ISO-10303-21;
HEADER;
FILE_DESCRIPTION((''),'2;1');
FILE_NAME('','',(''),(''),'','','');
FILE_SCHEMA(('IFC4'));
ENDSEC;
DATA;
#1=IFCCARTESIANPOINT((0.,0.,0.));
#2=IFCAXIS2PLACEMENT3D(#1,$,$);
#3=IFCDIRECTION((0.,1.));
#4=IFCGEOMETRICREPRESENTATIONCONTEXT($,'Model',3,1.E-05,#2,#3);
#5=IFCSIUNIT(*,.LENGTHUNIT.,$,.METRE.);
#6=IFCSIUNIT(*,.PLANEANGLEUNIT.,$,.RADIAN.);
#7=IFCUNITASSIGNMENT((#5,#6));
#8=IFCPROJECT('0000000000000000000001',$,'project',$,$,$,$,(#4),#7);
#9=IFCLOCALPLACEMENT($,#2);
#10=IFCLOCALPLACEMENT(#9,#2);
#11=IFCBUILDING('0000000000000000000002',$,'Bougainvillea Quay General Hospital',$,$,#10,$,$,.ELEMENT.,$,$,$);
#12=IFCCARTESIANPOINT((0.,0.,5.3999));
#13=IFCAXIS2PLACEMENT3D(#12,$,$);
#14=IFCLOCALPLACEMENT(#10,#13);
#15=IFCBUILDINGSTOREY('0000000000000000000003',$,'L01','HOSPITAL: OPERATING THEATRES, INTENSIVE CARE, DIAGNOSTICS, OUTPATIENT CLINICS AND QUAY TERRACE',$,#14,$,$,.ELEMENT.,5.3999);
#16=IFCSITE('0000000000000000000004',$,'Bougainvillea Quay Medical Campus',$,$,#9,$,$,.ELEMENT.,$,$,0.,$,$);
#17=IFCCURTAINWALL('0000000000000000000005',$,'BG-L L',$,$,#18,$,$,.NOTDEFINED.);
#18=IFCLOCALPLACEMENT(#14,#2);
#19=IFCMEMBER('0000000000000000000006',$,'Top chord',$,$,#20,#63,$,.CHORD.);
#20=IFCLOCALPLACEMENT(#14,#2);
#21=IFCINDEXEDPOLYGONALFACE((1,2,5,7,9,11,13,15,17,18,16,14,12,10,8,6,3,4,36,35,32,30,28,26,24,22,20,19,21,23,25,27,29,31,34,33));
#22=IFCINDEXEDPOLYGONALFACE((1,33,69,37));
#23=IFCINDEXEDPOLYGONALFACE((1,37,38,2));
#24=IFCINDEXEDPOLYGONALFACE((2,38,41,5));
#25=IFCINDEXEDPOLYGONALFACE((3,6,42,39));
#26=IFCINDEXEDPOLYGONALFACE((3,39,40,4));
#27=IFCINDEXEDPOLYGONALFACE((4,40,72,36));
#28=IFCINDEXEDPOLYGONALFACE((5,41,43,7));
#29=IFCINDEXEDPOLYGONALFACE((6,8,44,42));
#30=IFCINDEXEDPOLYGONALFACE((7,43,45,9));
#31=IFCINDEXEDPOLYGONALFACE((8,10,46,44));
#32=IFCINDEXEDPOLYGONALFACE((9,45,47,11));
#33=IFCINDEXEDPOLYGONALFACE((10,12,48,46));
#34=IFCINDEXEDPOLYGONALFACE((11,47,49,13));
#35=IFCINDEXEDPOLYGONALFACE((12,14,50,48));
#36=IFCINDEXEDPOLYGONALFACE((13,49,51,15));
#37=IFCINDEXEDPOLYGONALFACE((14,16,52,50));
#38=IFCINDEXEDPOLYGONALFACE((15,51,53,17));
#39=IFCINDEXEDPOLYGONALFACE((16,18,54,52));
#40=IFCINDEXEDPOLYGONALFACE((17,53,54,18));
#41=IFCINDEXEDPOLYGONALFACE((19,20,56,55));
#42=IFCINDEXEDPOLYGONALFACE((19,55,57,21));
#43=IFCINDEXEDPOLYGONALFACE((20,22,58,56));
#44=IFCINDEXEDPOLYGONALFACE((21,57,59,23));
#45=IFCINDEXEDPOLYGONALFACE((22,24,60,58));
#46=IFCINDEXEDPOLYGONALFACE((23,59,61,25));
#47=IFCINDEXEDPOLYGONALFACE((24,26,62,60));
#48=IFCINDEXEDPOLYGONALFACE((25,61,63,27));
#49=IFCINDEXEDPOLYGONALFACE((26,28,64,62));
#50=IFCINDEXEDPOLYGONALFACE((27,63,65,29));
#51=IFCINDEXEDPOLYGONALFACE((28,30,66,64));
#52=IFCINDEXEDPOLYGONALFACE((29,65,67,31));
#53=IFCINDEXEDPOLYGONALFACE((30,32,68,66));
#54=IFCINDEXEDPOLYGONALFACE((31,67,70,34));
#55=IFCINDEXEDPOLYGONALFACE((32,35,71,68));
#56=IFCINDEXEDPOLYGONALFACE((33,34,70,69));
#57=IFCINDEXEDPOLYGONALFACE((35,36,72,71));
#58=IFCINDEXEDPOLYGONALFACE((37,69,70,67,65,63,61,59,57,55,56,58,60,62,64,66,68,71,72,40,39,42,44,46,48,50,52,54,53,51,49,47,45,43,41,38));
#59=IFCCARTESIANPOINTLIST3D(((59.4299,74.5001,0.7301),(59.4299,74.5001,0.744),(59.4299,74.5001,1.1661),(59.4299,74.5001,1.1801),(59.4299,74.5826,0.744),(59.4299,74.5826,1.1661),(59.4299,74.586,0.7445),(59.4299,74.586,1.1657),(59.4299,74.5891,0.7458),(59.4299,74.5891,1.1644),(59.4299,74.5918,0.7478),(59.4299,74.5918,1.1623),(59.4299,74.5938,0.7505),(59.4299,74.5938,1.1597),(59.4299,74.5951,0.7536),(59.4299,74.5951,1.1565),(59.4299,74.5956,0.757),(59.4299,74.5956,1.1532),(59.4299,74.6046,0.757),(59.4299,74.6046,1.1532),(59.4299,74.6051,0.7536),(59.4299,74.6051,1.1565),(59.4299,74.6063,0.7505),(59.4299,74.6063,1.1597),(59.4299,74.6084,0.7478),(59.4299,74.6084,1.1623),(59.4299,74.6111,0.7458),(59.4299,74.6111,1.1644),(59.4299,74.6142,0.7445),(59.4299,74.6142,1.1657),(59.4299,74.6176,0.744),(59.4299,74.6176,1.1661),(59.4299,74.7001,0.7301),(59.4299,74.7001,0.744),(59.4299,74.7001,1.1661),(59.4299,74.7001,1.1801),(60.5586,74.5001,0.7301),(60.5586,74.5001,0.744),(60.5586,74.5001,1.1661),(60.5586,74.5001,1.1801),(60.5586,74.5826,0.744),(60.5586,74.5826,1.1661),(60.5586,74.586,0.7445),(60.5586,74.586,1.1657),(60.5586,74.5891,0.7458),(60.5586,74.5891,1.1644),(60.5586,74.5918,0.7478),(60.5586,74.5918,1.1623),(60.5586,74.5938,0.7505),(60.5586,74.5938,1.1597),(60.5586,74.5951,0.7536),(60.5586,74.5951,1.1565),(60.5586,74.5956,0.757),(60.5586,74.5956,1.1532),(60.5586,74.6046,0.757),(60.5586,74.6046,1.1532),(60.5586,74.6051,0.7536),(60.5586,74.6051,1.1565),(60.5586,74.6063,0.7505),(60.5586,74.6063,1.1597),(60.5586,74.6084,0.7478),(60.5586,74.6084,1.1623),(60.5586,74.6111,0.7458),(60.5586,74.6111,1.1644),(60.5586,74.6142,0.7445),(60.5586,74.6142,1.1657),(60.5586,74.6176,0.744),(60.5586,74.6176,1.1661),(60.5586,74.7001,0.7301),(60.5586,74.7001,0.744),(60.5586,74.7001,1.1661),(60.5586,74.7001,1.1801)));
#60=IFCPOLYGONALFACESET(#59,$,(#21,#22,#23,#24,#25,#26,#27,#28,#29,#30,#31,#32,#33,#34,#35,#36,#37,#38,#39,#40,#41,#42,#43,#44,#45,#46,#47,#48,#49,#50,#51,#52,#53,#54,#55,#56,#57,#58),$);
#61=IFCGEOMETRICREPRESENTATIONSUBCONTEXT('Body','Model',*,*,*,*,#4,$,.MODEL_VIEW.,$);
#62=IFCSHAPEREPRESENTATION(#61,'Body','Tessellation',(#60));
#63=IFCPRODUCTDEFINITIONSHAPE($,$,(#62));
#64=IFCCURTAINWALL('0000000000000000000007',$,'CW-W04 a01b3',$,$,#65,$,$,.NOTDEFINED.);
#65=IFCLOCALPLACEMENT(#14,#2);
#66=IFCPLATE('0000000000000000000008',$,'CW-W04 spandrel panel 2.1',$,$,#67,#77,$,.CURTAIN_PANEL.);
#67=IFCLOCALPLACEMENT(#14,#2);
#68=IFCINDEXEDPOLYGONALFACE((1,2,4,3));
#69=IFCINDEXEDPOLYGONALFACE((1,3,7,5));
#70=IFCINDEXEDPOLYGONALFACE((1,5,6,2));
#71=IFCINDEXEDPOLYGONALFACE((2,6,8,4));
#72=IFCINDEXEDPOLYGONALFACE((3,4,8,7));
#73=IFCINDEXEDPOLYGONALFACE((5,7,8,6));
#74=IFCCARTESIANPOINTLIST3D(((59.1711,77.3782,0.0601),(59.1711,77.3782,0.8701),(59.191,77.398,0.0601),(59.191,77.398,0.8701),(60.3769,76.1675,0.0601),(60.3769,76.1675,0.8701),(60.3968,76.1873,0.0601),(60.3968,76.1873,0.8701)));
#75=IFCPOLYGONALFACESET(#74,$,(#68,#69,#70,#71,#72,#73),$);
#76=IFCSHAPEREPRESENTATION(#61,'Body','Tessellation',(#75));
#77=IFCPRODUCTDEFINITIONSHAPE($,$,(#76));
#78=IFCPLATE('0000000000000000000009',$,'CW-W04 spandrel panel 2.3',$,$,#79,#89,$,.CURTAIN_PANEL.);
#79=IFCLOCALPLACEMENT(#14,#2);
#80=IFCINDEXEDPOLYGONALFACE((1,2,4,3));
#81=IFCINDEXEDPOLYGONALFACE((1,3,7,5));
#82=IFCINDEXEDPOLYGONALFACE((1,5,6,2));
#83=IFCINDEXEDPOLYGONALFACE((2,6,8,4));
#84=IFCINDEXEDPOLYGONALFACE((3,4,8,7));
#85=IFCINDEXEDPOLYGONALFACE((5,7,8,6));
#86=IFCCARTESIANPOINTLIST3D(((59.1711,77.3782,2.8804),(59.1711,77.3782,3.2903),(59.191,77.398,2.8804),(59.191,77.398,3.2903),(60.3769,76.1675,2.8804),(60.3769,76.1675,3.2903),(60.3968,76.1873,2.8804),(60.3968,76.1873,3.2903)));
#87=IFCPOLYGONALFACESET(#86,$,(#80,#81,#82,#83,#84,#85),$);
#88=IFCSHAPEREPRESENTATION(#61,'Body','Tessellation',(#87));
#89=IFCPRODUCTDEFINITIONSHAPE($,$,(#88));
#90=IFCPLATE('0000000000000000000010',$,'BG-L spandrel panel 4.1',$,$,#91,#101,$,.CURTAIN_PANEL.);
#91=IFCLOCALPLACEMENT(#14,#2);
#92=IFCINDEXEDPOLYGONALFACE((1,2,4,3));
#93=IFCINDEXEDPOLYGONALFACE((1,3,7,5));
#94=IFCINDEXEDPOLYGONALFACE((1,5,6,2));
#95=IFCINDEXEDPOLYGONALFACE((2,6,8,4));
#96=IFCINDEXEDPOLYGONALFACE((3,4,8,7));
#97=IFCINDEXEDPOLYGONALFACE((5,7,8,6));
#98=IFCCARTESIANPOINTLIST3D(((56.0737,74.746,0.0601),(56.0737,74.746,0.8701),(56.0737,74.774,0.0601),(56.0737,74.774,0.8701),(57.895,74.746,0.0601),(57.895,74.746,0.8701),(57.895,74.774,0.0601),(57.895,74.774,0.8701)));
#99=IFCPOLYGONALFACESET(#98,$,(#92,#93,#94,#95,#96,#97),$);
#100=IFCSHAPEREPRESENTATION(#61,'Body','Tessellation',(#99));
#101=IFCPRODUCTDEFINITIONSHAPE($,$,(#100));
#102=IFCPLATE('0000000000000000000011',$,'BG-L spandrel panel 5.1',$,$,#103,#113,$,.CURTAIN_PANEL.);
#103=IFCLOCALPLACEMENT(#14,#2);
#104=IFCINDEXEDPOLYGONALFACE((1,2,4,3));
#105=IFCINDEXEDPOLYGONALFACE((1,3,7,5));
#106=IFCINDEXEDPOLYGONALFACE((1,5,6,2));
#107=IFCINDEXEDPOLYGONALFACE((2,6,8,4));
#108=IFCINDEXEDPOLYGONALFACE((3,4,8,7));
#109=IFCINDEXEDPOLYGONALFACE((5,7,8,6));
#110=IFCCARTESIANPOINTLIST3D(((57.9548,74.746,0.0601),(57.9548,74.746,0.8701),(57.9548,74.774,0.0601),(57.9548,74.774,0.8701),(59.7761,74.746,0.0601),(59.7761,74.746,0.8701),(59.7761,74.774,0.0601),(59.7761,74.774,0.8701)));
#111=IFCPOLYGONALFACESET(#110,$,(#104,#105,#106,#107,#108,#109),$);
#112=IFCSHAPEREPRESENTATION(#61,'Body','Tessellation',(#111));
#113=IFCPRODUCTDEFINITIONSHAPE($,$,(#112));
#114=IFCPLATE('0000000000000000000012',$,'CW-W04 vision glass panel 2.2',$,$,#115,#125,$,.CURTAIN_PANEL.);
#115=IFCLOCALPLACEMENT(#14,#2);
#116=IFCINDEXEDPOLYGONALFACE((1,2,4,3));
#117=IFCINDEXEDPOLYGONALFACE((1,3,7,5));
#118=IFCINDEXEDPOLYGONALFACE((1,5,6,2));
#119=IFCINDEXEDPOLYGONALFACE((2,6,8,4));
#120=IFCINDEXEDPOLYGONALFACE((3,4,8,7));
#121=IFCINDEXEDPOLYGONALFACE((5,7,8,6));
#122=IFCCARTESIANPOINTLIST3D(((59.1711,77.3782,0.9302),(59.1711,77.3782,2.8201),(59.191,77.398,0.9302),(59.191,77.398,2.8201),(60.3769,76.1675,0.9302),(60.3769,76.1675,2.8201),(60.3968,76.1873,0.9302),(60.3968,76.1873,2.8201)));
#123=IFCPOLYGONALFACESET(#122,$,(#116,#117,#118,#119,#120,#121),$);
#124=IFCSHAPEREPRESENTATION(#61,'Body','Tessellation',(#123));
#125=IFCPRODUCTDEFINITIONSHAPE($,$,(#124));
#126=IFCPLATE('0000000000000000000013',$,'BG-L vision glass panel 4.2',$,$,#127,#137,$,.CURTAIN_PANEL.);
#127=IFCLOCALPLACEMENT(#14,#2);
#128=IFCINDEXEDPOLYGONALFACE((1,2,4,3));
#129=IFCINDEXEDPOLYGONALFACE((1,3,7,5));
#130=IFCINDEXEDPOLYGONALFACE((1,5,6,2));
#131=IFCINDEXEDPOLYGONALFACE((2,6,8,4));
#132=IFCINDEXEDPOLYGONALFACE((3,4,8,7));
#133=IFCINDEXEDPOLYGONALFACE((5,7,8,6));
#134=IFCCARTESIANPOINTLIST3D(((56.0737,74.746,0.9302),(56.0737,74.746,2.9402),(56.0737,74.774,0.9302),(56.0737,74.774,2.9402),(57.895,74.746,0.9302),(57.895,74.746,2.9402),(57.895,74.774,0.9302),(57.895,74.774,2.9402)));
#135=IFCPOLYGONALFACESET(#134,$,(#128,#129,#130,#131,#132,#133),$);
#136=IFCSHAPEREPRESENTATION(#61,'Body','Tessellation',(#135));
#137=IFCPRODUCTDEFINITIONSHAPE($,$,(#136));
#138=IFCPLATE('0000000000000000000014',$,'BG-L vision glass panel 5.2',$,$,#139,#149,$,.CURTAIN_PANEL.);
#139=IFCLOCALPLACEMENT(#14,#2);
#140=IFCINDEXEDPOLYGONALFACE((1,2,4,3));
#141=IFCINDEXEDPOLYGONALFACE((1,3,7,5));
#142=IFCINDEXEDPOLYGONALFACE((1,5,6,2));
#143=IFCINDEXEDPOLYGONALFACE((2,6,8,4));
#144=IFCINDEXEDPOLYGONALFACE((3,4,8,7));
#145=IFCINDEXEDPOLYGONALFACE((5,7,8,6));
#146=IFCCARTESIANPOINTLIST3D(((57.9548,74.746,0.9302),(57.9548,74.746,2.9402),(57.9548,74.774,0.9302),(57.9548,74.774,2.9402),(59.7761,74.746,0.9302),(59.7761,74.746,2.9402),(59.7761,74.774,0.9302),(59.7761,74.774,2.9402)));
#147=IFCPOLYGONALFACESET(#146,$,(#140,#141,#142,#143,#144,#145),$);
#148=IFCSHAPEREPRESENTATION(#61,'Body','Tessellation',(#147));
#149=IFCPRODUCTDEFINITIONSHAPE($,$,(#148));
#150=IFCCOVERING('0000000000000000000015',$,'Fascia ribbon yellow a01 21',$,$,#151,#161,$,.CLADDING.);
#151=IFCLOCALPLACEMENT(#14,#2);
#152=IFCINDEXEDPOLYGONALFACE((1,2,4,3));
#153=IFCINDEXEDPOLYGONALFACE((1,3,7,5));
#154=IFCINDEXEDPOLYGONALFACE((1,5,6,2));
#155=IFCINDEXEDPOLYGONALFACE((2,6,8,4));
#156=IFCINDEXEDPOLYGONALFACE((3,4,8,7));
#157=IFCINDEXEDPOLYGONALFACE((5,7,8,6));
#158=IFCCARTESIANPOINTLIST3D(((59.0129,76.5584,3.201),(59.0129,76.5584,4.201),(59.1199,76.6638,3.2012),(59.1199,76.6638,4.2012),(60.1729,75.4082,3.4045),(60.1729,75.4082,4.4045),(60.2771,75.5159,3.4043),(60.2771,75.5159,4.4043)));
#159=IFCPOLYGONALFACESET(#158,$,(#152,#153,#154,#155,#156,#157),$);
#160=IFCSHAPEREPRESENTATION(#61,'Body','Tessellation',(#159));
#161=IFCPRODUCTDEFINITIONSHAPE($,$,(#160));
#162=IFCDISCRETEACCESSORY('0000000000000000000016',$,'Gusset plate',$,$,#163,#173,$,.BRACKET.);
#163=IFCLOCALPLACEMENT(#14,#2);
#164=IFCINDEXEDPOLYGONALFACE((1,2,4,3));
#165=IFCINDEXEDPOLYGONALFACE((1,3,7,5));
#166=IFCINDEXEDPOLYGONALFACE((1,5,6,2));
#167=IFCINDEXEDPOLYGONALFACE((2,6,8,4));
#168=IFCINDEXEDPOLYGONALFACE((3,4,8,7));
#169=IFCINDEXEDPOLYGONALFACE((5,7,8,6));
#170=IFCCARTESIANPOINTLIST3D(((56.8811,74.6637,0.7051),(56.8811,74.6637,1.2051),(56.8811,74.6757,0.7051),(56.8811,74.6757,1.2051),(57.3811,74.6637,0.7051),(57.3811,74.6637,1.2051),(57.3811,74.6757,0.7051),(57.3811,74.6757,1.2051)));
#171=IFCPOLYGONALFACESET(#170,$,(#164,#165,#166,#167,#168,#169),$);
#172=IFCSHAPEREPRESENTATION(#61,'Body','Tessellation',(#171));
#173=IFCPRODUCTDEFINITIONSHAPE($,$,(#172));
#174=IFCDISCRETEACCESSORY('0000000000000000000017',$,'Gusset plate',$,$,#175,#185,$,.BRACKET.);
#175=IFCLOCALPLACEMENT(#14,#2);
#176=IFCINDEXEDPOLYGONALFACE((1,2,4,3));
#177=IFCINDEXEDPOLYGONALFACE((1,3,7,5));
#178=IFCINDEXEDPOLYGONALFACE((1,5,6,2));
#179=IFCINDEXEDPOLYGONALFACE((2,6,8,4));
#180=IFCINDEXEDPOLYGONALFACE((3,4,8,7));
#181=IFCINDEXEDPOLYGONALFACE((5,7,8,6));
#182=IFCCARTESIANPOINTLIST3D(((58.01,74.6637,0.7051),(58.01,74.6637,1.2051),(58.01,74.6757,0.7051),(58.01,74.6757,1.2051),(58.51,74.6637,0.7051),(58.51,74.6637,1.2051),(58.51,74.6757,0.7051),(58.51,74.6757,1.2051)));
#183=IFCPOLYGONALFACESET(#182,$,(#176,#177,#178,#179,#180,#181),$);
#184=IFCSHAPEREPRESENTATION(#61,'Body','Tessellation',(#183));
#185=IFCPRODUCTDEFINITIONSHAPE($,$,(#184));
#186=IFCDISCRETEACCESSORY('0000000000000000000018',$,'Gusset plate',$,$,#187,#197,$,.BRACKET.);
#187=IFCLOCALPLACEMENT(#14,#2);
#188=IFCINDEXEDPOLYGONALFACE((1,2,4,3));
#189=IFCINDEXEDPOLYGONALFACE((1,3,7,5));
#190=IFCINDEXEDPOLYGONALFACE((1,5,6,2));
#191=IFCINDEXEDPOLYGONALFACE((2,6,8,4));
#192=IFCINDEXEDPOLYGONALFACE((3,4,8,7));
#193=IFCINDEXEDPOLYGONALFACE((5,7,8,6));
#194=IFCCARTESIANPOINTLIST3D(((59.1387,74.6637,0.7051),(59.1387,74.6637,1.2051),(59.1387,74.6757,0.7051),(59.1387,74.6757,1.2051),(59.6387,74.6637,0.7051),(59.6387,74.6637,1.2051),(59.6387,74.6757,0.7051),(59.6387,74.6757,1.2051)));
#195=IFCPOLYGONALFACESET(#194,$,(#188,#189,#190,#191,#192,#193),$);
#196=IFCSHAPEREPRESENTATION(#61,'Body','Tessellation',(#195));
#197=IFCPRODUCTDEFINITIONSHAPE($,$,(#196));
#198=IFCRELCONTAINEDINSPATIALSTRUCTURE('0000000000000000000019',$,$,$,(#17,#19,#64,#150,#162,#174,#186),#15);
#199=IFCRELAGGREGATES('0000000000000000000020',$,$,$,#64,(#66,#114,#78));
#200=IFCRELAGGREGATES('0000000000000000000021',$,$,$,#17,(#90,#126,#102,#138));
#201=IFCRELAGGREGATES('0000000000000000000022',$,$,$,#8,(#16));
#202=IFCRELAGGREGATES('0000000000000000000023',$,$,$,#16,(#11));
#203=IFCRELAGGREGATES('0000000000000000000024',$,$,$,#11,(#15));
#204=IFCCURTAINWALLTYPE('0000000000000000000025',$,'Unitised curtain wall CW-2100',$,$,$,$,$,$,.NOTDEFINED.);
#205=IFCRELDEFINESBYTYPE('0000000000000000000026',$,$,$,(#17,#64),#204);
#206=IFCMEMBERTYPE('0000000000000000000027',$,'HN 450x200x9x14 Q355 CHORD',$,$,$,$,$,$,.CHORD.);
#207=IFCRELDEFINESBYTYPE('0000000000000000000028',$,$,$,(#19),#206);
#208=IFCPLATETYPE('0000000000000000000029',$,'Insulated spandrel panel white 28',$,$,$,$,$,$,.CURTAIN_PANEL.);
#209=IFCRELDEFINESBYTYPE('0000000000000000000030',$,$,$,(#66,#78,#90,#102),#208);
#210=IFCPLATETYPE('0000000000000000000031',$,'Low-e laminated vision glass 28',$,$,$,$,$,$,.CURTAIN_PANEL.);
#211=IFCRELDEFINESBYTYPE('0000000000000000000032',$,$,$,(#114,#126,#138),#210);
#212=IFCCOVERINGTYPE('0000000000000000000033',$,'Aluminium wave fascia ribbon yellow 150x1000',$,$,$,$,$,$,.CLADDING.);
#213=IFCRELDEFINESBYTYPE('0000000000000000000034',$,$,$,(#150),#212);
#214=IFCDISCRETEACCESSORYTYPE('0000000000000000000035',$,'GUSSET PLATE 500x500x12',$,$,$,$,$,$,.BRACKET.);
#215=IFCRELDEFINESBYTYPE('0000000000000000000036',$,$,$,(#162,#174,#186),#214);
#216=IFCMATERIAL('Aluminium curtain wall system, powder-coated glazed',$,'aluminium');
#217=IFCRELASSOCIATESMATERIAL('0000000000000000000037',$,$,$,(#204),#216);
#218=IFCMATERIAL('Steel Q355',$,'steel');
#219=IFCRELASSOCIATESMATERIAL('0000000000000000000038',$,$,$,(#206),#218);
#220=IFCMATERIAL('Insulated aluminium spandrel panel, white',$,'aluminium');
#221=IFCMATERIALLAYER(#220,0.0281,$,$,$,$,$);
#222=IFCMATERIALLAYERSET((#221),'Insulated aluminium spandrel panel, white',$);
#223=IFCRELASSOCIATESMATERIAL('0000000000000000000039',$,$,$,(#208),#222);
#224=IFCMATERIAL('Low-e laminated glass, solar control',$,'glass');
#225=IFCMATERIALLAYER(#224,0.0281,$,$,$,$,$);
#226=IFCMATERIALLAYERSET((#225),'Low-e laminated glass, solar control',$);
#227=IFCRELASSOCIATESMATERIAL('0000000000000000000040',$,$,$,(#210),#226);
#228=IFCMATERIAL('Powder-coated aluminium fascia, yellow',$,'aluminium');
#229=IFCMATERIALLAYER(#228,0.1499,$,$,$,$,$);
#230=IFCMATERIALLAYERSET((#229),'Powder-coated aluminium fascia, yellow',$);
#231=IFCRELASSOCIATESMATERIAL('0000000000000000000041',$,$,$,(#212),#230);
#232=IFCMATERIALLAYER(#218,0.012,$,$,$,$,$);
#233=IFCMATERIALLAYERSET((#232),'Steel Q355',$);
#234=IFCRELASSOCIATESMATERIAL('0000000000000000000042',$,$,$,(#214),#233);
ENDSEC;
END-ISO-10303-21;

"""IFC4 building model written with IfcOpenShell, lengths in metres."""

from ifc_helpers import new_model, si_unit, direction, frame, origin, origin_2d, place, context, subcontext, project, spatial, polyline, rectangle, i_section, outline, extrude, material, layer, layer_set, material_profile, profile_set, type_object, element, aggregate, save


model = new_model("IFC4")

# Units and contexts
model_context = context("Model", 3, precision=1e-05, world=origin(), true_north=direction((0.0, 1.0)))
body_context = subcontext(model_context, "Body", "Model", "MODEL_VIEW")
ifc_project = project(units=[si_unit("LENGTHUNIT", "METRE"), si_unit("PLANEANGLEUNIT", "RADIAN")], contexts=[model_context])

# Site, building, storey
site_placement = place(None, origin())
site = spatial("IfcSite", under=ifc_project, at=site_placement, Name="Bougainvillea Quay Medical Campus", CompositionType="ELEMENT", RefElevation=0.0)
building_placement = place(site_placement, origin())
building = spatial("IfcBuilding", under=site, at=building_placement, Name="Bougainvillea Quay General Hospital", CompositionType="ELEMENT")
storey_placement = place(building_placement, frame((0.0, 0.0, 5.3999)))
storey = spatial("IfcBuildingStorey", under=building, at=storey_placement, Name="L01", Description="HOSPITAL: OPERATING THEATRES, INTENSIVE CARE, DIAGNOSTICS, OUTPATIENT CLINICS AND QUAY TERRACE", CompositionType="ELEMENT", Elevation=5.3999)

# Curtain wall
ifc_material_1 = material(Name="Aluminium curtain wall system, powder-coated glazed", Category="aluminium")
curtain_wall_type = type_object("IfcCurtainWallType", Name="Unitised curtain wall CW-2100", PredefinedType="NOTDEFINED", material=ifc_material_1)
curtain_wall_1_placement = place(storey_placement, origin())
curtain_wall_1 = element("IfcCurtainWall", 1, at=curtain_wall_1_placement, inside=storey, type_object=curtain_wall_type, Name="BG-L L", PredefinedType="NOTDEFINED")

# Member
ifc_material_2 = material(Name="Steel Q355", Category="steel")
ifc_material_profile_1 = material_profile(ifc_material_2, i_section(OverallWidth=0.2, OverallDepth=0.45, WebThickness=0.009, FlangeThickness=0.0139, FilletRadius=0.0129, at=origin_2d()))
ifc_profile_set_1 = profile_set([ifc_material_profile_1], Name="Steel Q355")
member_type_1 = type_object("IfcMemberType", Name="HN 450x200x9x14 Q355 CHORD", PredefinedType="CHORD", material=ifc_profile_set_1)
for number, where, z_axis, x_axis, name in (
    (2, (59.4299, 74.6001, 0.9551), (1.0, 0.0, 0.0), (0.0, 1.0, 0.0), "Top chord"),
):
    element("IfcMember", number, at=place(storey_placement, frame(where, z_axis=z_axis, x_axis=x_axis)), inside=storey, type_object=member_type_1, Name=name, PredefinedType="CHORD", context=body_context, shape_type="SweptSolid", body=[
        extrude(i_section(OverallWidth=0.2, OverallDepth=0.45, WebThickness=0.009, FlangeThickness=0.0139, FilletRadius=0.0129, at=origin_2d()), origin(), (0.0, 0.0, 1.0), 1.1287),
    ])

# Curtain wall, plates
curtain_wall_2_placement = place(storey_placement, origin())
curtain_wall_2 = element("IfcCurtainWall", 3, at=curtain_wall_2_placement, inside=storey, type_object=curtain_wall_type, Name="CW-W04 a01b3", PredefinedType="NOTDEFINED")
ifc_material_3 = material(Name="Insulated aluminium spandrel panel, white", Category="aluminium")
ifc_layer_1 = layer(ifc_material_3, 0.0281)
ifc_layer_set_1 = layer_set([ifc_layer_1], Name="Insulated aluminium spandrel panel, white")
plate_type_1 = type_object("IfcPlateType", Name="Insulated spandrel panel white 28", PredefinedType="CURTAIN_PANEL", material=ifc_layer_set_1)
plate_1_placement = place(storey_placement, frame((59.7839, 76.7827, 0.0601), z_axis=(0.0, 0.0, 1.0), x_axis=(-0.70568, 0.708531, 0.0)))
plate_1 = element("IfcPlate", 4, at=plate_1_placement, type_object=plate_type_1, Name="CW-W04 spandrel panel 2.1", PredefinedType="CURTAIN_PANEL", context=body_context, shape_type="SweptSolid", body=[
    extrude(rectangle(XDim=1.7087, YDim=0.0281, at=origin_2d()), origin(), (0.0, 0.0, 1.0), 0.8101),
])
plate_2_placement = place(storey_placement, frame((59.7839, 76.7827, 2.8804), z_axis=(0.0, 0.0, 1.0), x_axis=(-0.70568, 0.708531, 0.0)))
plate_2 = element("IfcPlate", 5, at=plate_2_placement, type_object=plate_type_1, Name="CW-W04 spandrel panel 2.3", PredefinedType="CURTAIN_PANEL", context=body_context, shape_type="SweptSolid", body=[
    extrude(rectangle(XDim=1.7087, YDim=0.0281, at=origin_2d()), origin(), (0.0, 0.0, 1.0), 0.4099),
])

# Plates
plate_3_placement = place(storey_placement, frame((56.9844, 74.76, 0.0601), z_axis=(0.0, 0.0, 1.0), x_axis=(1.0, 0.0, 0.0)))
plate_3 = element("IfcPlate", 6, at=plate_3_placement, type_object=plate_type_1, Name="BG-L spandrel panel 4.1", PredefinedType="CURTAIN_PANEL", context=body_context, shape_type="SweptSolid", body=[
    extrude(rectangle(XDim=1.8213, YDim=0.0281, at=origin_2d()), origin(), (0.0, 0.0, 1.0), 0.8101),
])
plate_4_placement = place(storey_placement, frame((58.8655, 74.76, 0.0601), z_axis=(0.0, 0.0, 1.0), x_axis=(1.0, 0.0, 0.0)))
plate_4 = element("IfcPlate", 7, at=plate_4_placement, type_object=plate_type_1, Name="BG-L spandrel panel 5.1", PredefinedType="CURTAIN_PANEL", context=body_context, shape_type="SweptSolid", body=[
    extrude(rectangle(XDim=1.8213, YDim=0.0281, at=origin_2d()), origin(), (0.0, 0.0, 1.0), 0.8101),
])
ifc_material_4 = material(Name="Low-e laminated glass, solar control", Category="glass")
ifc_layer_2 = layer(ifc_material_4, 0.0281)
ifc_layer_set_2 = layer_set([ifc_layer_2], Name="Low-e laminated glass, solar control")
plate_type_2 = type_object("IfcPlateType", Name="Low-e laminated vision glass 28", PredefinedType="CURTAIN_PANEL", material=ifc_layer_set_2)
plate_5_placement = place(storey_placement, frame((59.7839, 76.7827, 0.9302), z_axis=(0.0, 0.0, 1.0), x_axis=(-0.70568, 0.708531, 0.0)))
plate_5 = element("IfcPlate", 8, at=plate_5_placement, type_object=plate_type_2, Name="CW-W04 vision glass panel 2.2", PredefinedType="CURTAIN_PANEL", context=body_context, shape_type="SweptSolid", body=[
    extrude(rectangle(XDim=1.7087, YDim=0.0281, at=origin_2d()), origin(), (0.0, 0.0, 1.0), 1.8899),
])
aggregate(curtain_wall_2, [plate_1, plate_5, plate_2])
plate_6_placement = place(storey_placement, frame((56.9844, 74.76, 0.9302), z_axis=(0.0, 0.0, 1.0), x_axis=(1.0, 0.0, 0.0)))
plate_6 = element("IfcPlate", 9, at=plate_6_placement, type_object=plate_type_2, Name="BG-L vision glass panel 4.2", PredefinedType="CURTAIN_PANEL", context=body_context, shape_type="SweptSolid", body=[
    extrude(rectangle(XDim=1.8213, YDim=0.0281, at=origin_2d()), origin(), (0.0, 0.0, 1.0), 2.01),
])
plate_7_placement = place(storey_placement, frame((58.8655, 74.76, 0.9302), z_axis=(0.0, 0.0, 1.0), x_axis=(1.0, 0.0, 0.0)))
plate_7 = element("IfcPlate", 10, at=plate_7_placement, type_object=plate_type_2, Name="BG-L vision glass panel 5.2", PredefinedType="CURTAIN_PANEL", context=body_context, shape_type="SweptSolid", body=[
    extrude(rectangle(XDim=1.8213, YDim=0.0281, at=origin_2d()), origin(), (0.0, 0.0, 1.0), 2.01),
])
aggregate(curtain_wall_1, [plate_3, plate_6, plate_4, plate_7])

# Covering
ifc_material_5 = material(Name="Powder-coated aluminium fascia, yellow", Category="aluminium")
ifc_layer_3 = layer(ifc_material_5, 0.1499)
ifc_layer_set_3 = layer_set([ifc_layer_3], Name="Powder-coated aluminium fascia, yellow")
covering_type = type_object("IfcCoveringType", Name="Aluminium wave fascia ribbon yellow 150x1000", PredefinedType="CLADDING", material=ifc_layer_set_3)
covering_placement = place(storey_placement, frame((59.1199, 76.6638, 3.2012), z_axis=(-0.087854, 0.087049, 0.992323), x_axis=(0.704496, -0.698848, 0.123676)))
element("IfcCovering", 11, at=covering_placement, inside=storey, type_object=covering_type, Name="Fascia ribbon yellow a01 21", PredefinedType="CLADDING", context=body_context, shape_type="SweptSolid", body=[
    extrude(outline(polyline([(0.0, 0.0), (1.6426, 0.0), (1.6445, -0.1499), (-0.0017, -0.1502), (0.0, 0.0)])), origin(), (0.123676, 0.000071, 0.992323), 1.0),
])

# Discrete accessories
ifc_layer_4 = layer(ifc_material_2, 0.012)
ifc_layer_set_4 = layer_set([ifc_layer_4], Name="Steel Q355")
discrete_accessory_type_1 = type_object("IfcDiscreteAccessoryType", Name="GUSSET PLATE 500x500x12", PredefinedType="BRACKET", material=ifc_layer_set_4)
for number, where, z_axis, x_axis, name in (
    (12, (57.1311, 74.6697, 0.7051), (0.0, 0.0, 1.0), (1.0, 0.0, 0.0), "Gusset plate"),
    (13, (58.26, 74.6697, 0.7051), (0.0, 0.0, 1.0), (1.0, 0.0, 0.0), "Gusset plate"),
    (14, (59.3887, 74.6697, 0.7051), (0.0, 0.0, 1.0), (1.0, 0.0, 0.0), "Gusset plate"),
):
    element("IfcDiscreteAccessory", number, at=place(storey_placement, frame(where, z_axis=z_axis, x_axis=x_axis)), inside=storey, type_object=discrete_accessory_type_1, Name=name, PredefinedType="BRACKET", context=body_context, shape_type="SweptSolid", body=[
        extrude(rectangle(XDim=0.5, YDim=0.012, at=origin_2d()), origin(), (0.0, 0.0, 1.0), 0.5),
    ])

save(model, "model.ifc")
